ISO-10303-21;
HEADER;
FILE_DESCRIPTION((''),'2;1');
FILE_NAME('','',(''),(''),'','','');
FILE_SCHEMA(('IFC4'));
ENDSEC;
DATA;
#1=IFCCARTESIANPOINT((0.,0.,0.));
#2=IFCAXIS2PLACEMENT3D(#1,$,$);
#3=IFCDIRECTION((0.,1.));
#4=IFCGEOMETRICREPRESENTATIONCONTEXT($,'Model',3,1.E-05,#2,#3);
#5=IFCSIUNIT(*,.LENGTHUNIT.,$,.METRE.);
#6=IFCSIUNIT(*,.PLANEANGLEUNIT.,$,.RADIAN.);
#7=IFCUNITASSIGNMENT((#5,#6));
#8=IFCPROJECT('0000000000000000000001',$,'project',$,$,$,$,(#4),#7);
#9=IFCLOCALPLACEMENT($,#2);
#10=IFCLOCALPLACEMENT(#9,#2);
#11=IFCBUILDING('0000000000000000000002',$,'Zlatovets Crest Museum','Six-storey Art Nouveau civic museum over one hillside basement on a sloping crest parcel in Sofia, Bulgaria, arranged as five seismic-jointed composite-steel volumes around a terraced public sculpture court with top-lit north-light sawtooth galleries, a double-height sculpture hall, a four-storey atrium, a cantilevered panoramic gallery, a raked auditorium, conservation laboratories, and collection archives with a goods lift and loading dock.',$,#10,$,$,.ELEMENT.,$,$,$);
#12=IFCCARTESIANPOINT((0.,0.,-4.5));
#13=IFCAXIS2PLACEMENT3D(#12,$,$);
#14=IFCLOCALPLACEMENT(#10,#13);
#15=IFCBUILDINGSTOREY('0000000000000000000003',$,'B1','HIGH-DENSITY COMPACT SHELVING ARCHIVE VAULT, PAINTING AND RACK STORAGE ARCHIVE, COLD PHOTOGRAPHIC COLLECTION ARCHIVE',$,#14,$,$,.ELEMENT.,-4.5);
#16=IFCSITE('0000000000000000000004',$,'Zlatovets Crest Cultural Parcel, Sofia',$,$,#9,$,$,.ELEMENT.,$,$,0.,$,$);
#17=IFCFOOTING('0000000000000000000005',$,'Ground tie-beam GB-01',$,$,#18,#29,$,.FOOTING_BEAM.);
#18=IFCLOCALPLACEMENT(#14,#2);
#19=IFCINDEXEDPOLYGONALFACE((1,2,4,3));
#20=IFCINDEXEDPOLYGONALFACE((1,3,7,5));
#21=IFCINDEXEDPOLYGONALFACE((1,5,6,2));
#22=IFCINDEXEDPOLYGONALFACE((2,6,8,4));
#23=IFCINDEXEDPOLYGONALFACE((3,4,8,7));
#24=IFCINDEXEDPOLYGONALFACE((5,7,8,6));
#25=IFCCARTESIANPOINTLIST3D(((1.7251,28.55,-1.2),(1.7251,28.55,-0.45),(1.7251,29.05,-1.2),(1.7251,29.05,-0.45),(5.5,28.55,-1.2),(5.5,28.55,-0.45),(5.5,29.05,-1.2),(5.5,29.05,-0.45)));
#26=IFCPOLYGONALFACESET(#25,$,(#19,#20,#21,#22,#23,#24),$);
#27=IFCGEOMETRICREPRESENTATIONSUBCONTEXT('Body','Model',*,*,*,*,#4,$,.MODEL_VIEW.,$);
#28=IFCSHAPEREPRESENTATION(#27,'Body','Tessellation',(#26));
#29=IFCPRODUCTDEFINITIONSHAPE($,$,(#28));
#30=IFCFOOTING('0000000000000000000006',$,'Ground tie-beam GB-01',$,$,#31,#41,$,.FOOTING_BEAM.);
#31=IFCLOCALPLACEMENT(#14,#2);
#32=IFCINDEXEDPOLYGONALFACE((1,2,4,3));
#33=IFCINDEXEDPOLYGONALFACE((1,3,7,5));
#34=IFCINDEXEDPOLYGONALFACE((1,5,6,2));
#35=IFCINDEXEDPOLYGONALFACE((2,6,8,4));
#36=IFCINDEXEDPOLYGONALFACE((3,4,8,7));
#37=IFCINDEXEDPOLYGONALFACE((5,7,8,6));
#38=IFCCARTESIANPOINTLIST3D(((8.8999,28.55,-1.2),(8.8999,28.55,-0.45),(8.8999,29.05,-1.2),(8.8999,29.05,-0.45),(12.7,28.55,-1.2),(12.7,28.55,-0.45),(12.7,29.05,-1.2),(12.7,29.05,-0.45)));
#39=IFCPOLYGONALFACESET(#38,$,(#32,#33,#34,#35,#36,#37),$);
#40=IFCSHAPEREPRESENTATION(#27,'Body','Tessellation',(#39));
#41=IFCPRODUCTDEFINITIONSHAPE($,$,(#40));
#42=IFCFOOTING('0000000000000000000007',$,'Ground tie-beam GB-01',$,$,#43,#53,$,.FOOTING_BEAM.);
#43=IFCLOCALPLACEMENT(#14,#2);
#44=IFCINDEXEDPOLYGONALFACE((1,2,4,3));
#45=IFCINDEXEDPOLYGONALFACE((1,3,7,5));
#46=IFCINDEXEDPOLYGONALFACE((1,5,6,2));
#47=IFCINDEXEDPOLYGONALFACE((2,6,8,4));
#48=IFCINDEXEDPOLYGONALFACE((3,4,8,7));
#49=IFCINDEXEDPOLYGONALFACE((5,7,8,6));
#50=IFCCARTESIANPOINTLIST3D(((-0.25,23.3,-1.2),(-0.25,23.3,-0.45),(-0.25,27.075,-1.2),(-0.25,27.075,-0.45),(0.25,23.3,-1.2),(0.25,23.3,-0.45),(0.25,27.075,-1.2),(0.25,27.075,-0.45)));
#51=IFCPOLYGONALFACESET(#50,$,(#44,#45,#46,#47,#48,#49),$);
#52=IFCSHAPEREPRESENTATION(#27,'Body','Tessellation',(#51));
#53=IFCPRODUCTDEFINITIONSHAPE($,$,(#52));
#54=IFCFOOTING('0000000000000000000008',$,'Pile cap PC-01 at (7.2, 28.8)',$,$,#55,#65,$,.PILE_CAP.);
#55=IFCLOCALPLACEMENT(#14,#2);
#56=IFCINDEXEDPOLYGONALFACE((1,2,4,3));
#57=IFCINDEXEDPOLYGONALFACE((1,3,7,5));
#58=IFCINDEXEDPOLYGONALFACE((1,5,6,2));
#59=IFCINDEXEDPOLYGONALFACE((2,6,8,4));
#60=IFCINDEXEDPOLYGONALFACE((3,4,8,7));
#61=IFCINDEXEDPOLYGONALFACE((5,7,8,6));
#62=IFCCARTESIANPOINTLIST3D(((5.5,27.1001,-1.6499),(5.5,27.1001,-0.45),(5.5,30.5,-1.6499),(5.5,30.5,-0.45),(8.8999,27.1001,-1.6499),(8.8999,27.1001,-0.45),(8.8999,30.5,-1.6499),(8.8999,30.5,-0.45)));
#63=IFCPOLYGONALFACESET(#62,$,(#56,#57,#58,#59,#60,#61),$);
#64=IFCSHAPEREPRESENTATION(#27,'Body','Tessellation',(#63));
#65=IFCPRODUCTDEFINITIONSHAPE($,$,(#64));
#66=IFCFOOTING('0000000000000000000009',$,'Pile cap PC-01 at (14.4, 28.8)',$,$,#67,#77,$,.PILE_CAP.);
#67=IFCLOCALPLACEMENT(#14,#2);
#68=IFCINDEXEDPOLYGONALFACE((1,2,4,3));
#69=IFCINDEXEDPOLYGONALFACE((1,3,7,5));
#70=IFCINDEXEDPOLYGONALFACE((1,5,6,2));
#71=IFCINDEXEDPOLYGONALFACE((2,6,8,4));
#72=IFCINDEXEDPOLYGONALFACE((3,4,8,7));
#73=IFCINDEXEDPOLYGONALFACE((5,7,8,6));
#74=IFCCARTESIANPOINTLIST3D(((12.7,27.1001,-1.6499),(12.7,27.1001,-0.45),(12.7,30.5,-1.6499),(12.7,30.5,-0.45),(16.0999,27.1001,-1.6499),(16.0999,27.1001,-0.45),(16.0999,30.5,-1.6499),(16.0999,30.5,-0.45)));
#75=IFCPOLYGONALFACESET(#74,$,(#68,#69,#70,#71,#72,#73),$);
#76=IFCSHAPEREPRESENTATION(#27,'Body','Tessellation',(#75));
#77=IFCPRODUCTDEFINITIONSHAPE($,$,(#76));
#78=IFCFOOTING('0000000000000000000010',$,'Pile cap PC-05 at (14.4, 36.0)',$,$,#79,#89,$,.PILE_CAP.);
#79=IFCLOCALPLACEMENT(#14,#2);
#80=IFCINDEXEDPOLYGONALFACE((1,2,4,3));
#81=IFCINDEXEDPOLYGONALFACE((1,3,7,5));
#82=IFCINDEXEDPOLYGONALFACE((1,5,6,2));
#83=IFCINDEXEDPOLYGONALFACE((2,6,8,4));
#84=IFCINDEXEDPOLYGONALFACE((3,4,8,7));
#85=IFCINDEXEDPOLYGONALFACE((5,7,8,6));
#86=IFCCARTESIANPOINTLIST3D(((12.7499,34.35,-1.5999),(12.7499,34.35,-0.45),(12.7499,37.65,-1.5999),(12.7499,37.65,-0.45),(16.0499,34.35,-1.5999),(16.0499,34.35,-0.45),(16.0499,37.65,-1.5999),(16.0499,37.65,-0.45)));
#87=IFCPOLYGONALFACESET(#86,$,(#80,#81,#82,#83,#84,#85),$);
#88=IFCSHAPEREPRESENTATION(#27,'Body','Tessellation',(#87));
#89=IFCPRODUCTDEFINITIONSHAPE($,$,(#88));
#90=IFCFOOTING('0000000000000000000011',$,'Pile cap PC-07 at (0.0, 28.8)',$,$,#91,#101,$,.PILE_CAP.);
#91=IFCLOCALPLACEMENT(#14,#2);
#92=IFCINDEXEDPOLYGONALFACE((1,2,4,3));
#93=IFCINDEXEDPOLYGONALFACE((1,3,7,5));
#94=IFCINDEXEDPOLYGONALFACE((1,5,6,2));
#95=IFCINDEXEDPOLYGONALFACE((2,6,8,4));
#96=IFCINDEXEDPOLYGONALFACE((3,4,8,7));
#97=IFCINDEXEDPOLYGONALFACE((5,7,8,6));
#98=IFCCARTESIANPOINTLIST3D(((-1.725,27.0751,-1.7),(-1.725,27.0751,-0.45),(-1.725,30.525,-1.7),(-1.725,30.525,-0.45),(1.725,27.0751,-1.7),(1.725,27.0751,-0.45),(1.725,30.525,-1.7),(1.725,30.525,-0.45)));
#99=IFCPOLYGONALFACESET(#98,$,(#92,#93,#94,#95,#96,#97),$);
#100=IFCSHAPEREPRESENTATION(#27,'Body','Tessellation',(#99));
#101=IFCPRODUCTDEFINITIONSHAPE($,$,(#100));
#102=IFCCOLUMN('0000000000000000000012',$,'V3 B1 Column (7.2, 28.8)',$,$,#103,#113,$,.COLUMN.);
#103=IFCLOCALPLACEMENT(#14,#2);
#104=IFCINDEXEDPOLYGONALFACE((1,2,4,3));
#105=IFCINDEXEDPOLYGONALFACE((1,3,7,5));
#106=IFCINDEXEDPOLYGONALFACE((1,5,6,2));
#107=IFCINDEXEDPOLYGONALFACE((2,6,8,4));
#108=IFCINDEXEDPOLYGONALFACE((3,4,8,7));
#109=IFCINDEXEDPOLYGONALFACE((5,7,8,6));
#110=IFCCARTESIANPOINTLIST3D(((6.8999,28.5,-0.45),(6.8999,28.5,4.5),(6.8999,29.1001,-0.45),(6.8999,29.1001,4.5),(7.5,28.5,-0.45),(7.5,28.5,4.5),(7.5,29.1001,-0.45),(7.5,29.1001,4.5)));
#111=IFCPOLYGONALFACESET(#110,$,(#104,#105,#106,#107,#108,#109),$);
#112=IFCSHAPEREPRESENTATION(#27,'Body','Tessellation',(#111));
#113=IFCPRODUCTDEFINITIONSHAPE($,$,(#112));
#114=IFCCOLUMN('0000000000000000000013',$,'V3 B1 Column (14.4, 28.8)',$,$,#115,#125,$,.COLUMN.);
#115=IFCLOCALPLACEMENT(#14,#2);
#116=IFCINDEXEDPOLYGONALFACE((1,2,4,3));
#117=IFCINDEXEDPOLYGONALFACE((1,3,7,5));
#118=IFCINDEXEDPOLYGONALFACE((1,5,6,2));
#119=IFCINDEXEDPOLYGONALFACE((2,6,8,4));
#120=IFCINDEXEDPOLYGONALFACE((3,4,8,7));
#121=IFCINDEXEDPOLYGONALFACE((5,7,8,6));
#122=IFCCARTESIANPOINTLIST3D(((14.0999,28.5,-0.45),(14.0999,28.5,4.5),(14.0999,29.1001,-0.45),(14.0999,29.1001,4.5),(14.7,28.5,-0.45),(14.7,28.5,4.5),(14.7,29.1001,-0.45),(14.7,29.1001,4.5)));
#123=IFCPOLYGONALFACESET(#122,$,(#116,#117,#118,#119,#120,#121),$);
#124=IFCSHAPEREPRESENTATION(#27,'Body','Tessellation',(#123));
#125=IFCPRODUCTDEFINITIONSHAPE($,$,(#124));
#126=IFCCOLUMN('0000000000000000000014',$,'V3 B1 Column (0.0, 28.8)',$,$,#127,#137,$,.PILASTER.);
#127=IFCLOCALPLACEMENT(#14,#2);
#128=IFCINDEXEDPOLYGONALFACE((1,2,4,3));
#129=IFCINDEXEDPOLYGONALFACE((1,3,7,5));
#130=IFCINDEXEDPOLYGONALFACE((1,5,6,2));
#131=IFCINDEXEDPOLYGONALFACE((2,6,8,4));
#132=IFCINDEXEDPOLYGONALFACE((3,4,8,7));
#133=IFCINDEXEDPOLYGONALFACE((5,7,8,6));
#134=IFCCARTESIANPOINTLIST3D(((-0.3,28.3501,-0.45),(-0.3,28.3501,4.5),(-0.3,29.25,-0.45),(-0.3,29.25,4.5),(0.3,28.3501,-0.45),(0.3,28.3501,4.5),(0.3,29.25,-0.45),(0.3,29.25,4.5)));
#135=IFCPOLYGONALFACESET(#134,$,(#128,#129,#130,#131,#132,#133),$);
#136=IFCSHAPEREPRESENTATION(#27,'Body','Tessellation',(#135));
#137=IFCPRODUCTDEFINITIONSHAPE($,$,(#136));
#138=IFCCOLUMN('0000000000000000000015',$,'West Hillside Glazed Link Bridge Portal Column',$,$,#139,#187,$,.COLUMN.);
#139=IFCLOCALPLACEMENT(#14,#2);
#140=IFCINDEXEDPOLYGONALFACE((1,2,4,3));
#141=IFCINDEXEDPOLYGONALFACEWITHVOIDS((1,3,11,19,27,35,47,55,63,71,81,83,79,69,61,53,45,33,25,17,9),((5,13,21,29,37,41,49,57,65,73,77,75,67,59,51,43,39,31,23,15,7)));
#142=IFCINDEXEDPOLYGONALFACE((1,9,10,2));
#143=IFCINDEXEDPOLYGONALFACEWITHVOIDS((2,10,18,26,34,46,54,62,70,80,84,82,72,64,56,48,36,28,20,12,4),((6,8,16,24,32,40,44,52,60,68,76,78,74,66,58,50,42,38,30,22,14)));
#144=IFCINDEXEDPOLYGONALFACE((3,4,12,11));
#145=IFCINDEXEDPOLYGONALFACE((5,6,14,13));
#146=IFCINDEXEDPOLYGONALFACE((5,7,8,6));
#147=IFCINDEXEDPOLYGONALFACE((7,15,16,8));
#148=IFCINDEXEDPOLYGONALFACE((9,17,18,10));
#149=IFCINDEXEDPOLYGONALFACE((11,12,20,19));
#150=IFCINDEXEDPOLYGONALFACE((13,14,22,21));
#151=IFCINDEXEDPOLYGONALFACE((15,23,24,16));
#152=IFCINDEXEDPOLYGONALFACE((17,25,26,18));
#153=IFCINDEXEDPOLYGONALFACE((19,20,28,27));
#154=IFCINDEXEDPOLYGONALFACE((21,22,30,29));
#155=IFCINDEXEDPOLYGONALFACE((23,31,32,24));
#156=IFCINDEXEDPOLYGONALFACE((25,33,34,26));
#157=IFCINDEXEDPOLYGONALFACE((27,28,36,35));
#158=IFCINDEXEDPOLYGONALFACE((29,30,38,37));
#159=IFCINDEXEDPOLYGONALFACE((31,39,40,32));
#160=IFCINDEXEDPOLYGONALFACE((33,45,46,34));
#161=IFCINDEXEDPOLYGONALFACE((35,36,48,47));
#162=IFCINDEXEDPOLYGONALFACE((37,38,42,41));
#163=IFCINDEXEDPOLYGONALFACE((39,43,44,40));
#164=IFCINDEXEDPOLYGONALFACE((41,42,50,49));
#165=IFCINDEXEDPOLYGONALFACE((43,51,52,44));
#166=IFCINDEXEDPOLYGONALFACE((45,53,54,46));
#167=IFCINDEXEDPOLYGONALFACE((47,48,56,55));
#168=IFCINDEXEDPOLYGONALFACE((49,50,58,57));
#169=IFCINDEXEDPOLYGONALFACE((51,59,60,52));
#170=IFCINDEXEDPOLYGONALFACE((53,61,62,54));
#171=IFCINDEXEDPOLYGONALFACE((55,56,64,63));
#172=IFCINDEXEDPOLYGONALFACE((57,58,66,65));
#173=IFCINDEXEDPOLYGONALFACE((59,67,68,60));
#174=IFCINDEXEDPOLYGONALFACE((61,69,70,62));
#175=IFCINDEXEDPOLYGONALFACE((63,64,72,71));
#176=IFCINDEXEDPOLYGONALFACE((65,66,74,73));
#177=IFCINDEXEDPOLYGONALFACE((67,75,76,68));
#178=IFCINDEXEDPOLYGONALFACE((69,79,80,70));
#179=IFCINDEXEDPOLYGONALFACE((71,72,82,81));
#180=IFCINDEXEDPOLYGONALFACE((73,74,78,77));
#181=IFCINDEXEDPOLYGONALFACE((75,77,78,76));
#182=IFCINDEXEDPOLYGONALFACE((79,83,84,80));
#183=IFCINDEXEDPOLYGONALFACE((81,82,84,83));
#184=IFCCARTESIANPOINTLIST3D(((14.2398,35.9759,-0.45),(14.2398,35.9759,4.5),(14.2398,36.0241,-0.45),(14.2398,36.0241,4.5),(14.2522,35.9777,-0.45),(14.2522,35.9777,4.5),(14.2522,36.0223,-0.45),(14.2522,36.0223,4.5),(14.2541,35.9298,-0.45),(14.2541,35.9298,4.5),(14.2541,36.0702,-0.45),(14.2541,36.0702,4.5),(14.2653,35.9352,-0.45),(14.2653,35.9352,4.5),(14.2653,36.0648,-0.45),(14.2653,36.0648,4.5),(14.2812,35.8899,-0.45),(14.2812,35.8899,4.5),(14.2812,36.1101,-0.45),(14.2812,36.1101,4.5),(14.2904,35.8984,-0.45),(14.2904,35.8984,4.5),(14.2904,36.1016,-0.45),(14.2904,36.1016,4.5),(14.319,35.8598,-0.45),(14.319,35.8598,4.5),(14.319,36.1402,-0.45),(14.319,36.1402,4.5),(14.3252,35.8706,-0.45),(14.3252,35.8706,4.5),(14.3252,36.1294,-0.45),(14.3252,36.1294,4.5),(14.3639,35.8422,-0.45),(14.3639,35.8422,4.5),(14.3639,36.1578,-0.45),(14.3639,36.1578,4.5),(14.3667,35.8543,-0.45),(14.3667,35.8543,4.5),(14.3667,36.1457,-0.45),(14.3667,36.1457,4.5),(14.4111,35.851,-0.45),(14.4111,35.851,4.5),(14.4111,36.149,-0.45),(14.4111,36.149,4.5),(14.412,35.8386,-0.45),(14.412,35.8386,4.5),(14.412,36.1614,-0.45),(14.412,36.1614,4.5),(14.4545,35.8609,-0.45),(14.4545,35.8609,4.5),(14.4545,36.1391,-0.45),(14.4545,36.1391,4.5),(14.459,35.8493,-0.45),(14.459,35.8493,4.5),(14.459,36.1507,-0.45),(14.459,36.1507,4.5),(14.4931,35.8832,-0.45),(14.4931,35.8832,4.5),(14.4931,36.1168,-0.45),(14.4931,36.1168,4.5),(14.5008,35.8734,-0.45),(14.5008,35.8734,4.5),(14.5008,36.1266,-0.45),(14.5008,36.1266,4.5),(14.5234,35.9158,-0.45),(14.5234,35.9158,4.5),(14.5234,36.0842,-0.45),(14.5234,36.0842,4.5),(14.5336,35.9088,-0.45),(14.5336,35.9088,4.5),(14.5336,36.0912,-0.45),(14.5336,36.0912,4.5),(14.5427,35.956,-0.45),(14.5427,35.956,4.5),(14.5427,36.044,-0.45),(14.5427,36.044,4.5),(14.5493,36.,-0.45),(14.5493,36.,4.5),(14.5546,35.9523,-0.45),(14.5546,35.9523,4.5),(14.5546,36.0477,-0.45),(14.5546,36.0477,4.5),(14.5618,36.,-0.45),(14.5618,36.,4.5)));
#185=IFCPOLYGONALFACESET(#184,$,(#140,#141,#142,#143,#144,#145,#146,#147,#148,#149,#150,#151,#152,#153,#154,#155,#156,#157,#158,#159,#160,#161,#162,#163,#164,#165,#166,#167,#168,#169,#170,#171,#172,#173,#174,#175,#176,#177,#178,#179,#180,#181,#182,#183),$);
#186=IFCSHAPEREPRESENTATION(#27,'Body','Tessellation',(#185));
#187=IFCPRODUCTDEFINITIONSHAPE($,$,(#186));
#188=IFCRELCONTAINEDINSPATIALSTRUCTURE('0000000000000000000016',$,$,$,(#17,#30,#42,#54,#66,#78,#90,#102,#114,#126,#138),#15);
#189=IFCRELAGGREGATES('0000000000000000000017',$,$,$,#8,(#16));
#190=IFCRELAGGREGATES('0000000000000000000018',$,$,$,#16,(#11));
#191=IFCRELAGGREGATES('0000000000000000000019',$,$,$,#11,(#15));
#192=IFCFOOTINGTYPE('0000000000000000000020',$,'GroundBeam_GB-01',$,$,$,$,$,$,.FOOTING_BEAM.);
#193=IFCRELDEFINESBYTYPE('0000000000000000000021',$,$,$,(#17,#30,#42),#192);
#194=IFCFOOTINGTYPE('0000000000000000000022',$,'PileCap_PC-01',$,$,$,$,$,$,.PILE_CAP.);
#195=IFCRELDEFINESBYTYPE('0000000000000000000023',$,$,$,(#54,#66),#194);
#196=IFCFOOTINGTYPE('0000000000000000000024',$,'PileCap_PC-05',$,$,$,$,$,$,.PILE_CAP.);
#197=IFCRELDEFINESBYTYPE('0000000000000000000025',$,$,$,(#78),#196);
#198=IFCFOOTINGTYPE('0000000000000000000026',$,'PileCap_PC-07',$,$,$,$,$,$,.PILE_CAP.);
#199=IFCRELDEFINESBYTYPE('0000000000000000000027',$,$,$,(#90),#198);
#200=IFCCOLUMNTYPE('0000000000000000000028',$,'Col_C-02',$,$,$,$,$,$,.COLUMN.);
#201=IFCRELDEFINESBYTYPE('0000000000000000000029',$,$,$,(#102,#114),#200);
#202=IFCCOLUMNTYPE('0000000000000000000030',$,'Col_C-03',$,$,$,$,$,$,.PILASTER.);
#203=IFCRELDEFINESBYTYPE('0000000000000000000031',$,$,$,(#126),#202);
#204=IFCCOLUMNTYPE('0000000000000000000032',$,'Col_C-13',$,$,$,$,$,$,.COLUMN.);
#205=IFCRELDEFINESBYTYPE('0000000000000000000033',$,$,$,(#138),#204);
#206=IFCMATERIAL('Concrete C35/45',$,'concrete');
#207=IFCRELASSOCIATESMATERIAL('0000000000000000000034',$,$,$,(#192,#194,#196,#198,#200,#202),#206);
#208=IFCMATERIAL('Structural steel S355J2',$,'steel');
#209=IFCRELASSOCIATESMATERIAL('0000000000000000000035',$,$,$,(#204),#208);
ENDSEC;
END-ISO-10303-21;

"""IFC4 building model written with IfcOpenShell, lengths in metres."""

from ifc_helpers import new_model, si_unit, direction, frame, origin, origin_2d, place, context, subcontext, project, spatial, rectangle, hollow_circle, extrude, material, material_profile, profile_set, type_object, element, save


model = new_model("IFC4")

# Units and contexts
model_context = context("Model", 3, precision=1e-05, world=origin(), true_north=direction((0.0, 1.0)))
body_context = subcontext(model_context, "Body", "Model", "MODEL_VIEW")
ifc_project = project(units=[si_unit("LENGTHUNIT", "METRE"), si_unit("PLANEANGLEUNIT", "RADIAN")], contexts=[model_context])

# Site, building, storey
site_placement = place(None, origin())
site = spatial("IfcSite", under=ifc_project, at=site_placement, Name="Zlatovets Crest Cultural Parcel, Sofia", CompositionType="ELEMENT", RefElevation=0.0)
building_placement = place(site_placement, origin())
building = spatial("IfcBuilding", under=site, at=building_placement, Name="Zlatovets Crest Museum", Description="Six-storey Art Nouveau civic museum over one hillside basement on a sloping crest parcel in Sofia, Bulgaria, arranged as five seismic-jointed composite-steel volumes around a terraced public sculpture court with top-lit north-light sawtooth galleries, a double-height sculpture hall, a four-storey atrium, a cantilevered panoramic gallery, a raked auditorium, conservation laboratories, and collection archives with a goods lift and loading dock.", CompositionType="ELEMENT")
storey_placement = place(building_placement, frame((0.0, 0.0, -4.5)))
storey = spatial("IfcBuildingStorey", under=building, at=storey_placement, Name="B1", Description="HIGH-DENSITY COMPACT SHELVING ARCHIVE VAULT, PAINTING AND RACK STORAGE ARCHIVE, COLD PHOTOGRAPHIC COLLECTION ARCHIVE", CompositionType="ELEMENT", Elevation=-4.5)

# Shared definitions
ifc_material_1 = material(Name="Concrete C35/45", Category="concrete")

# Footings
ifc_material_profile_1 = material_profile(ifc_material_1, rectangle(XDim=0.5, YDim=0.75, at=origin_2d()), Name="RC 500x750")
ifc_profile_set_1 = profile_set([ifc_material_profile_1], Name="Concrete C35/45")
footing_type_1 = type_object("IfcFootingType", Name="GroundBeam_GB-01", PredefinedType="FOOTING_BEAM", material=ifc_profile_set_1)
footing_1_placement = place(storey_placement, frame((1.7251, 28.8, -0.825), z_axis=(1.0, 0.0, 0.0), x_axis=(0.0, 1.0, 0.0)))
element("IfcFooting", 1, at=footing_1_placement, inside=storey, type_object=footing_type_1, Name="Ground tie-beam GB-01", PredefinedType="FOOTING_BEAM", context=body_context, shape_type="SweptSolid", body=[
    extrude(rectangle(XDim=0.5, YDim=0.75, at=origin_2d()), origin(), (0.0, 0.0, 1.0), 3.7749),
])
footing_2_placement = place(storey_placement, frame((8.8999, 28.8, -0.825), z_axis=(1.0, 0.0, 0.0), x_axis=(0.0, 1.0, 0.0)))
element("IfcFooting", 2, at=footing_2_placement, inside=storey, type_object=footing_type_1, Name="Ground tie-beam GB-01", PredefinedType="FOOTING_BEAM", context=body_context, shape_type="SweptSolid", body=[
    extrude(rectangle(XDim=0.5, YDim=0.75, at=origin_2d()), origin(), (0.0, 0.0, 1.0), 3.8),
])
footing_3_placement = place(storey_placement, frame((0.0, 23.3, -0.825), z_axis=(0.0, 1.0, 0.0), x_axis=(-1.0, 0.0, 0.0)))
element("IfcFooting", 3, at=footing_3_placement, inside=storey, type_object=footing_type_1, Name="Ground tie-beam GB-01", PredefinedType="FOOTING_BEAM", context=body_context, shape_type="SweptSolid", body=[
    extrude(rectangle(XDim=0.5, YDim=0.75, at=origin_2d()), origin(), (0.0, 0.0, 1.0), 3.7749),
])
footing_type_2 = type_object("IfcFootingType", Name="PileCap_PC-01", PredefinedType="PILE_CAP", material=ifc_material_1)
for number, where, z_axis, x_axis, name in (
    (4, (7.2, 28.8, -1.6499), (0.0, 0.0, 1.0), (1.0, 0.0, 0.0), "Pile cap PC-01 at (7.2, 28.8)"),
    (5, (14.3999, 28.8, -1.6499), (0.0, 0.0, 1.0), (1.0, 0.0, 0.0), "Pile cap PC-01 at (14.4, 28.8)"),
):
    element("IfcFooting", number, at=place(storey_placement, frame(where, z_axis=z_axis, x_axis=x_axis)), inside=storey, type_object=footing_type_2, Name=name, PredefinedType="PILE_CAP", context=body_context, shape_type="SweptSolid", body=[
        extrude(rectangle(XDim=3.3999, YDim=3.3999, at=origin_2d()), origin(), (0.0, 0.0, 1.0), 1.2),
    ])
footing_type_3 = type_object("IfcFootingType", Name="PileCap_PC-05", PredefinedType="PILE_CAP", material=ifc_material_1)
footing_4_placement = place(storey_placement, frame((14.3999, 36.0, -1.5999), z_axis=(0.0, 0.0, 1.0), x_axis=(1.0, 0.0, 0.0)))
element("IfcFooting", 6, at=footing_4_placement, inside=storey, type_object=footing_type_3, Name="Pile cap PC-05 at (14.4, 36.0)", PredefinedType="PILE_CAP", context=body_context, shape_type="SweptSolid", body=[
    extrude(rectangle(XDim=3.3, YDim=3.3, at=origin_2d()), origin(), (0.0, 0.0, 1.0), 1.1499),
])
footing_type_4 = type_object("IfcFootingType", Name="PileCap_PC-07", PredefinedType="PILE_CAP", material=ifc_material_1)
footing_5_placement = place(storey_placement, frame((0.0, 28.8, -1.7), z_axis=(0.0, 0.0, 1.0), x_axis=(1.0, 0.0, 0.0)))
element("IfcFooting", 7, at=footing_5_placement, inside=storey, type_object=footing_type_4, Name="Pile cap PC-07 at (0.0, 28.8)", PredefinedType="PILE_CAP", context=body_context, shape_type="SweptSolid", body=[
    extrude(rectangle(XDim=3.45, YDim=3.45, at=origin_2d()), origin(), (0.0, 0.0, 1.0), 1.25),
])

# Columns
ifc_material_profile_2 = material_profile(ifc_material_1, rectangle(XDim=0.6001, YDim=0.6001, at=origin_2d()), Name="RC 600x600")
ifc_profile_set_2 = profile_set([ifc_material_profile_2], Name="Concrete C35/45")
column_type_1 = type_object("IfcColumnType", Name="Col_C-02", PredefinedType="COLUMN", material=ifc_profile_set_2)
for number, where, z_axis, x_axis, name in (
    (8, (7.2, 28.8, -0.45), (0.0, 0.0, 1.0), (0.0, 1.0, 0.0), "V3 B1 Column (7.2, 28.8)"),
    (9, (14.3999, 28.8, -0.45), (0.0, 0.0, 1.0), (1.0, 0.0, 0.0), "V3 B1 Column (14.4, 28.8)"),
):
    element("IfcColumn", number, at=place(storey_placement, frame(where, z_axis=z_axis, x_axis=x_axis)), inside=storey, type_object=column_type_1, Name=name, PredefinedType="COLUMN", context=body_context, shape_type="SweptSolid", body=[
        extrude(rectangle(XDim=0.6001, YDim=0.6001, at=origin_2d()), origin(), (0.0, 0.0, 1.0), 4.95),
    ])
ifc_material_profile_3 = material_profile(ifc_material_1, rectangle(XDim=0.6001, YDim=0.8999, at=origin_2d()), Name="RC 600x900")
ifc_profile_set_3 = profile_set([ifc_material_profile_3], Name="Concrete C35/45")
column_type_2 = type_object("IfcColumnType", Name="Col_C-03", PredefinedType="PILASTER", material=ifc_profile_set_3)
column_1_placement = place(storey_placement, frame((0.0, 28.8, -0.45), z_axis=(0.0, 0.0, 1.0), x_axis=(1.0, 0.0, 0.0)))
element("IfcColumn", 10, at=column_1_placement, inside=storey, type_object=column_type_2, Name="V3 B1 Column (0.0, 28.8)", PredefinedType="PILASTER", context=body_context, shape_type="SweptSolid", body=[
    extrude(rectangle(XDim=0.6001, YDim=0.8999, at=origin_2d()), origin(), (0.0, 0.0, 1.0), 4.95),
])
ifc_material_2 = material(Name="Structural steel S355J2", Category="steel")
ifc_material_profile_4 = material_profile(ifc_material_2, hollow_circle(Radius=0.1619, WallThickness=0.0125, at=origin_2d()), Name="CHS 323.9x12.5")
ifc_profile_set_4 = profile_set([ifc_material_profile_4], Name="Structural steel S355J2")
column_type_3 = type_object("IfcColumnType", Name="Col_C-13", PredefinedType="COLUMN", material=ifc_profile_set_4)
column_2_placement = place(storey_placement, frame((14.3999, 36.0, -0.45), z_axis=(0.0, 0.0, 1.0), x_axis=(1.0, 0.0, 0.0)))
element("IfcColumn", 11, at=column_2_placement, inside=storey, type_object=column_type_3, Name="West Hillside Glazed Link Bridge Portal Column", PredefinedType="COLUMN", context=body_context, shape_type="SweptSolid", body=[
    extrude(hollow_circle(Radius=0.1619, WallThickness=0.0125, at=origin_2d()), origin(), (0.0, 0.0, 1.0), 4.95),
])

save(model, "model.ifc")
